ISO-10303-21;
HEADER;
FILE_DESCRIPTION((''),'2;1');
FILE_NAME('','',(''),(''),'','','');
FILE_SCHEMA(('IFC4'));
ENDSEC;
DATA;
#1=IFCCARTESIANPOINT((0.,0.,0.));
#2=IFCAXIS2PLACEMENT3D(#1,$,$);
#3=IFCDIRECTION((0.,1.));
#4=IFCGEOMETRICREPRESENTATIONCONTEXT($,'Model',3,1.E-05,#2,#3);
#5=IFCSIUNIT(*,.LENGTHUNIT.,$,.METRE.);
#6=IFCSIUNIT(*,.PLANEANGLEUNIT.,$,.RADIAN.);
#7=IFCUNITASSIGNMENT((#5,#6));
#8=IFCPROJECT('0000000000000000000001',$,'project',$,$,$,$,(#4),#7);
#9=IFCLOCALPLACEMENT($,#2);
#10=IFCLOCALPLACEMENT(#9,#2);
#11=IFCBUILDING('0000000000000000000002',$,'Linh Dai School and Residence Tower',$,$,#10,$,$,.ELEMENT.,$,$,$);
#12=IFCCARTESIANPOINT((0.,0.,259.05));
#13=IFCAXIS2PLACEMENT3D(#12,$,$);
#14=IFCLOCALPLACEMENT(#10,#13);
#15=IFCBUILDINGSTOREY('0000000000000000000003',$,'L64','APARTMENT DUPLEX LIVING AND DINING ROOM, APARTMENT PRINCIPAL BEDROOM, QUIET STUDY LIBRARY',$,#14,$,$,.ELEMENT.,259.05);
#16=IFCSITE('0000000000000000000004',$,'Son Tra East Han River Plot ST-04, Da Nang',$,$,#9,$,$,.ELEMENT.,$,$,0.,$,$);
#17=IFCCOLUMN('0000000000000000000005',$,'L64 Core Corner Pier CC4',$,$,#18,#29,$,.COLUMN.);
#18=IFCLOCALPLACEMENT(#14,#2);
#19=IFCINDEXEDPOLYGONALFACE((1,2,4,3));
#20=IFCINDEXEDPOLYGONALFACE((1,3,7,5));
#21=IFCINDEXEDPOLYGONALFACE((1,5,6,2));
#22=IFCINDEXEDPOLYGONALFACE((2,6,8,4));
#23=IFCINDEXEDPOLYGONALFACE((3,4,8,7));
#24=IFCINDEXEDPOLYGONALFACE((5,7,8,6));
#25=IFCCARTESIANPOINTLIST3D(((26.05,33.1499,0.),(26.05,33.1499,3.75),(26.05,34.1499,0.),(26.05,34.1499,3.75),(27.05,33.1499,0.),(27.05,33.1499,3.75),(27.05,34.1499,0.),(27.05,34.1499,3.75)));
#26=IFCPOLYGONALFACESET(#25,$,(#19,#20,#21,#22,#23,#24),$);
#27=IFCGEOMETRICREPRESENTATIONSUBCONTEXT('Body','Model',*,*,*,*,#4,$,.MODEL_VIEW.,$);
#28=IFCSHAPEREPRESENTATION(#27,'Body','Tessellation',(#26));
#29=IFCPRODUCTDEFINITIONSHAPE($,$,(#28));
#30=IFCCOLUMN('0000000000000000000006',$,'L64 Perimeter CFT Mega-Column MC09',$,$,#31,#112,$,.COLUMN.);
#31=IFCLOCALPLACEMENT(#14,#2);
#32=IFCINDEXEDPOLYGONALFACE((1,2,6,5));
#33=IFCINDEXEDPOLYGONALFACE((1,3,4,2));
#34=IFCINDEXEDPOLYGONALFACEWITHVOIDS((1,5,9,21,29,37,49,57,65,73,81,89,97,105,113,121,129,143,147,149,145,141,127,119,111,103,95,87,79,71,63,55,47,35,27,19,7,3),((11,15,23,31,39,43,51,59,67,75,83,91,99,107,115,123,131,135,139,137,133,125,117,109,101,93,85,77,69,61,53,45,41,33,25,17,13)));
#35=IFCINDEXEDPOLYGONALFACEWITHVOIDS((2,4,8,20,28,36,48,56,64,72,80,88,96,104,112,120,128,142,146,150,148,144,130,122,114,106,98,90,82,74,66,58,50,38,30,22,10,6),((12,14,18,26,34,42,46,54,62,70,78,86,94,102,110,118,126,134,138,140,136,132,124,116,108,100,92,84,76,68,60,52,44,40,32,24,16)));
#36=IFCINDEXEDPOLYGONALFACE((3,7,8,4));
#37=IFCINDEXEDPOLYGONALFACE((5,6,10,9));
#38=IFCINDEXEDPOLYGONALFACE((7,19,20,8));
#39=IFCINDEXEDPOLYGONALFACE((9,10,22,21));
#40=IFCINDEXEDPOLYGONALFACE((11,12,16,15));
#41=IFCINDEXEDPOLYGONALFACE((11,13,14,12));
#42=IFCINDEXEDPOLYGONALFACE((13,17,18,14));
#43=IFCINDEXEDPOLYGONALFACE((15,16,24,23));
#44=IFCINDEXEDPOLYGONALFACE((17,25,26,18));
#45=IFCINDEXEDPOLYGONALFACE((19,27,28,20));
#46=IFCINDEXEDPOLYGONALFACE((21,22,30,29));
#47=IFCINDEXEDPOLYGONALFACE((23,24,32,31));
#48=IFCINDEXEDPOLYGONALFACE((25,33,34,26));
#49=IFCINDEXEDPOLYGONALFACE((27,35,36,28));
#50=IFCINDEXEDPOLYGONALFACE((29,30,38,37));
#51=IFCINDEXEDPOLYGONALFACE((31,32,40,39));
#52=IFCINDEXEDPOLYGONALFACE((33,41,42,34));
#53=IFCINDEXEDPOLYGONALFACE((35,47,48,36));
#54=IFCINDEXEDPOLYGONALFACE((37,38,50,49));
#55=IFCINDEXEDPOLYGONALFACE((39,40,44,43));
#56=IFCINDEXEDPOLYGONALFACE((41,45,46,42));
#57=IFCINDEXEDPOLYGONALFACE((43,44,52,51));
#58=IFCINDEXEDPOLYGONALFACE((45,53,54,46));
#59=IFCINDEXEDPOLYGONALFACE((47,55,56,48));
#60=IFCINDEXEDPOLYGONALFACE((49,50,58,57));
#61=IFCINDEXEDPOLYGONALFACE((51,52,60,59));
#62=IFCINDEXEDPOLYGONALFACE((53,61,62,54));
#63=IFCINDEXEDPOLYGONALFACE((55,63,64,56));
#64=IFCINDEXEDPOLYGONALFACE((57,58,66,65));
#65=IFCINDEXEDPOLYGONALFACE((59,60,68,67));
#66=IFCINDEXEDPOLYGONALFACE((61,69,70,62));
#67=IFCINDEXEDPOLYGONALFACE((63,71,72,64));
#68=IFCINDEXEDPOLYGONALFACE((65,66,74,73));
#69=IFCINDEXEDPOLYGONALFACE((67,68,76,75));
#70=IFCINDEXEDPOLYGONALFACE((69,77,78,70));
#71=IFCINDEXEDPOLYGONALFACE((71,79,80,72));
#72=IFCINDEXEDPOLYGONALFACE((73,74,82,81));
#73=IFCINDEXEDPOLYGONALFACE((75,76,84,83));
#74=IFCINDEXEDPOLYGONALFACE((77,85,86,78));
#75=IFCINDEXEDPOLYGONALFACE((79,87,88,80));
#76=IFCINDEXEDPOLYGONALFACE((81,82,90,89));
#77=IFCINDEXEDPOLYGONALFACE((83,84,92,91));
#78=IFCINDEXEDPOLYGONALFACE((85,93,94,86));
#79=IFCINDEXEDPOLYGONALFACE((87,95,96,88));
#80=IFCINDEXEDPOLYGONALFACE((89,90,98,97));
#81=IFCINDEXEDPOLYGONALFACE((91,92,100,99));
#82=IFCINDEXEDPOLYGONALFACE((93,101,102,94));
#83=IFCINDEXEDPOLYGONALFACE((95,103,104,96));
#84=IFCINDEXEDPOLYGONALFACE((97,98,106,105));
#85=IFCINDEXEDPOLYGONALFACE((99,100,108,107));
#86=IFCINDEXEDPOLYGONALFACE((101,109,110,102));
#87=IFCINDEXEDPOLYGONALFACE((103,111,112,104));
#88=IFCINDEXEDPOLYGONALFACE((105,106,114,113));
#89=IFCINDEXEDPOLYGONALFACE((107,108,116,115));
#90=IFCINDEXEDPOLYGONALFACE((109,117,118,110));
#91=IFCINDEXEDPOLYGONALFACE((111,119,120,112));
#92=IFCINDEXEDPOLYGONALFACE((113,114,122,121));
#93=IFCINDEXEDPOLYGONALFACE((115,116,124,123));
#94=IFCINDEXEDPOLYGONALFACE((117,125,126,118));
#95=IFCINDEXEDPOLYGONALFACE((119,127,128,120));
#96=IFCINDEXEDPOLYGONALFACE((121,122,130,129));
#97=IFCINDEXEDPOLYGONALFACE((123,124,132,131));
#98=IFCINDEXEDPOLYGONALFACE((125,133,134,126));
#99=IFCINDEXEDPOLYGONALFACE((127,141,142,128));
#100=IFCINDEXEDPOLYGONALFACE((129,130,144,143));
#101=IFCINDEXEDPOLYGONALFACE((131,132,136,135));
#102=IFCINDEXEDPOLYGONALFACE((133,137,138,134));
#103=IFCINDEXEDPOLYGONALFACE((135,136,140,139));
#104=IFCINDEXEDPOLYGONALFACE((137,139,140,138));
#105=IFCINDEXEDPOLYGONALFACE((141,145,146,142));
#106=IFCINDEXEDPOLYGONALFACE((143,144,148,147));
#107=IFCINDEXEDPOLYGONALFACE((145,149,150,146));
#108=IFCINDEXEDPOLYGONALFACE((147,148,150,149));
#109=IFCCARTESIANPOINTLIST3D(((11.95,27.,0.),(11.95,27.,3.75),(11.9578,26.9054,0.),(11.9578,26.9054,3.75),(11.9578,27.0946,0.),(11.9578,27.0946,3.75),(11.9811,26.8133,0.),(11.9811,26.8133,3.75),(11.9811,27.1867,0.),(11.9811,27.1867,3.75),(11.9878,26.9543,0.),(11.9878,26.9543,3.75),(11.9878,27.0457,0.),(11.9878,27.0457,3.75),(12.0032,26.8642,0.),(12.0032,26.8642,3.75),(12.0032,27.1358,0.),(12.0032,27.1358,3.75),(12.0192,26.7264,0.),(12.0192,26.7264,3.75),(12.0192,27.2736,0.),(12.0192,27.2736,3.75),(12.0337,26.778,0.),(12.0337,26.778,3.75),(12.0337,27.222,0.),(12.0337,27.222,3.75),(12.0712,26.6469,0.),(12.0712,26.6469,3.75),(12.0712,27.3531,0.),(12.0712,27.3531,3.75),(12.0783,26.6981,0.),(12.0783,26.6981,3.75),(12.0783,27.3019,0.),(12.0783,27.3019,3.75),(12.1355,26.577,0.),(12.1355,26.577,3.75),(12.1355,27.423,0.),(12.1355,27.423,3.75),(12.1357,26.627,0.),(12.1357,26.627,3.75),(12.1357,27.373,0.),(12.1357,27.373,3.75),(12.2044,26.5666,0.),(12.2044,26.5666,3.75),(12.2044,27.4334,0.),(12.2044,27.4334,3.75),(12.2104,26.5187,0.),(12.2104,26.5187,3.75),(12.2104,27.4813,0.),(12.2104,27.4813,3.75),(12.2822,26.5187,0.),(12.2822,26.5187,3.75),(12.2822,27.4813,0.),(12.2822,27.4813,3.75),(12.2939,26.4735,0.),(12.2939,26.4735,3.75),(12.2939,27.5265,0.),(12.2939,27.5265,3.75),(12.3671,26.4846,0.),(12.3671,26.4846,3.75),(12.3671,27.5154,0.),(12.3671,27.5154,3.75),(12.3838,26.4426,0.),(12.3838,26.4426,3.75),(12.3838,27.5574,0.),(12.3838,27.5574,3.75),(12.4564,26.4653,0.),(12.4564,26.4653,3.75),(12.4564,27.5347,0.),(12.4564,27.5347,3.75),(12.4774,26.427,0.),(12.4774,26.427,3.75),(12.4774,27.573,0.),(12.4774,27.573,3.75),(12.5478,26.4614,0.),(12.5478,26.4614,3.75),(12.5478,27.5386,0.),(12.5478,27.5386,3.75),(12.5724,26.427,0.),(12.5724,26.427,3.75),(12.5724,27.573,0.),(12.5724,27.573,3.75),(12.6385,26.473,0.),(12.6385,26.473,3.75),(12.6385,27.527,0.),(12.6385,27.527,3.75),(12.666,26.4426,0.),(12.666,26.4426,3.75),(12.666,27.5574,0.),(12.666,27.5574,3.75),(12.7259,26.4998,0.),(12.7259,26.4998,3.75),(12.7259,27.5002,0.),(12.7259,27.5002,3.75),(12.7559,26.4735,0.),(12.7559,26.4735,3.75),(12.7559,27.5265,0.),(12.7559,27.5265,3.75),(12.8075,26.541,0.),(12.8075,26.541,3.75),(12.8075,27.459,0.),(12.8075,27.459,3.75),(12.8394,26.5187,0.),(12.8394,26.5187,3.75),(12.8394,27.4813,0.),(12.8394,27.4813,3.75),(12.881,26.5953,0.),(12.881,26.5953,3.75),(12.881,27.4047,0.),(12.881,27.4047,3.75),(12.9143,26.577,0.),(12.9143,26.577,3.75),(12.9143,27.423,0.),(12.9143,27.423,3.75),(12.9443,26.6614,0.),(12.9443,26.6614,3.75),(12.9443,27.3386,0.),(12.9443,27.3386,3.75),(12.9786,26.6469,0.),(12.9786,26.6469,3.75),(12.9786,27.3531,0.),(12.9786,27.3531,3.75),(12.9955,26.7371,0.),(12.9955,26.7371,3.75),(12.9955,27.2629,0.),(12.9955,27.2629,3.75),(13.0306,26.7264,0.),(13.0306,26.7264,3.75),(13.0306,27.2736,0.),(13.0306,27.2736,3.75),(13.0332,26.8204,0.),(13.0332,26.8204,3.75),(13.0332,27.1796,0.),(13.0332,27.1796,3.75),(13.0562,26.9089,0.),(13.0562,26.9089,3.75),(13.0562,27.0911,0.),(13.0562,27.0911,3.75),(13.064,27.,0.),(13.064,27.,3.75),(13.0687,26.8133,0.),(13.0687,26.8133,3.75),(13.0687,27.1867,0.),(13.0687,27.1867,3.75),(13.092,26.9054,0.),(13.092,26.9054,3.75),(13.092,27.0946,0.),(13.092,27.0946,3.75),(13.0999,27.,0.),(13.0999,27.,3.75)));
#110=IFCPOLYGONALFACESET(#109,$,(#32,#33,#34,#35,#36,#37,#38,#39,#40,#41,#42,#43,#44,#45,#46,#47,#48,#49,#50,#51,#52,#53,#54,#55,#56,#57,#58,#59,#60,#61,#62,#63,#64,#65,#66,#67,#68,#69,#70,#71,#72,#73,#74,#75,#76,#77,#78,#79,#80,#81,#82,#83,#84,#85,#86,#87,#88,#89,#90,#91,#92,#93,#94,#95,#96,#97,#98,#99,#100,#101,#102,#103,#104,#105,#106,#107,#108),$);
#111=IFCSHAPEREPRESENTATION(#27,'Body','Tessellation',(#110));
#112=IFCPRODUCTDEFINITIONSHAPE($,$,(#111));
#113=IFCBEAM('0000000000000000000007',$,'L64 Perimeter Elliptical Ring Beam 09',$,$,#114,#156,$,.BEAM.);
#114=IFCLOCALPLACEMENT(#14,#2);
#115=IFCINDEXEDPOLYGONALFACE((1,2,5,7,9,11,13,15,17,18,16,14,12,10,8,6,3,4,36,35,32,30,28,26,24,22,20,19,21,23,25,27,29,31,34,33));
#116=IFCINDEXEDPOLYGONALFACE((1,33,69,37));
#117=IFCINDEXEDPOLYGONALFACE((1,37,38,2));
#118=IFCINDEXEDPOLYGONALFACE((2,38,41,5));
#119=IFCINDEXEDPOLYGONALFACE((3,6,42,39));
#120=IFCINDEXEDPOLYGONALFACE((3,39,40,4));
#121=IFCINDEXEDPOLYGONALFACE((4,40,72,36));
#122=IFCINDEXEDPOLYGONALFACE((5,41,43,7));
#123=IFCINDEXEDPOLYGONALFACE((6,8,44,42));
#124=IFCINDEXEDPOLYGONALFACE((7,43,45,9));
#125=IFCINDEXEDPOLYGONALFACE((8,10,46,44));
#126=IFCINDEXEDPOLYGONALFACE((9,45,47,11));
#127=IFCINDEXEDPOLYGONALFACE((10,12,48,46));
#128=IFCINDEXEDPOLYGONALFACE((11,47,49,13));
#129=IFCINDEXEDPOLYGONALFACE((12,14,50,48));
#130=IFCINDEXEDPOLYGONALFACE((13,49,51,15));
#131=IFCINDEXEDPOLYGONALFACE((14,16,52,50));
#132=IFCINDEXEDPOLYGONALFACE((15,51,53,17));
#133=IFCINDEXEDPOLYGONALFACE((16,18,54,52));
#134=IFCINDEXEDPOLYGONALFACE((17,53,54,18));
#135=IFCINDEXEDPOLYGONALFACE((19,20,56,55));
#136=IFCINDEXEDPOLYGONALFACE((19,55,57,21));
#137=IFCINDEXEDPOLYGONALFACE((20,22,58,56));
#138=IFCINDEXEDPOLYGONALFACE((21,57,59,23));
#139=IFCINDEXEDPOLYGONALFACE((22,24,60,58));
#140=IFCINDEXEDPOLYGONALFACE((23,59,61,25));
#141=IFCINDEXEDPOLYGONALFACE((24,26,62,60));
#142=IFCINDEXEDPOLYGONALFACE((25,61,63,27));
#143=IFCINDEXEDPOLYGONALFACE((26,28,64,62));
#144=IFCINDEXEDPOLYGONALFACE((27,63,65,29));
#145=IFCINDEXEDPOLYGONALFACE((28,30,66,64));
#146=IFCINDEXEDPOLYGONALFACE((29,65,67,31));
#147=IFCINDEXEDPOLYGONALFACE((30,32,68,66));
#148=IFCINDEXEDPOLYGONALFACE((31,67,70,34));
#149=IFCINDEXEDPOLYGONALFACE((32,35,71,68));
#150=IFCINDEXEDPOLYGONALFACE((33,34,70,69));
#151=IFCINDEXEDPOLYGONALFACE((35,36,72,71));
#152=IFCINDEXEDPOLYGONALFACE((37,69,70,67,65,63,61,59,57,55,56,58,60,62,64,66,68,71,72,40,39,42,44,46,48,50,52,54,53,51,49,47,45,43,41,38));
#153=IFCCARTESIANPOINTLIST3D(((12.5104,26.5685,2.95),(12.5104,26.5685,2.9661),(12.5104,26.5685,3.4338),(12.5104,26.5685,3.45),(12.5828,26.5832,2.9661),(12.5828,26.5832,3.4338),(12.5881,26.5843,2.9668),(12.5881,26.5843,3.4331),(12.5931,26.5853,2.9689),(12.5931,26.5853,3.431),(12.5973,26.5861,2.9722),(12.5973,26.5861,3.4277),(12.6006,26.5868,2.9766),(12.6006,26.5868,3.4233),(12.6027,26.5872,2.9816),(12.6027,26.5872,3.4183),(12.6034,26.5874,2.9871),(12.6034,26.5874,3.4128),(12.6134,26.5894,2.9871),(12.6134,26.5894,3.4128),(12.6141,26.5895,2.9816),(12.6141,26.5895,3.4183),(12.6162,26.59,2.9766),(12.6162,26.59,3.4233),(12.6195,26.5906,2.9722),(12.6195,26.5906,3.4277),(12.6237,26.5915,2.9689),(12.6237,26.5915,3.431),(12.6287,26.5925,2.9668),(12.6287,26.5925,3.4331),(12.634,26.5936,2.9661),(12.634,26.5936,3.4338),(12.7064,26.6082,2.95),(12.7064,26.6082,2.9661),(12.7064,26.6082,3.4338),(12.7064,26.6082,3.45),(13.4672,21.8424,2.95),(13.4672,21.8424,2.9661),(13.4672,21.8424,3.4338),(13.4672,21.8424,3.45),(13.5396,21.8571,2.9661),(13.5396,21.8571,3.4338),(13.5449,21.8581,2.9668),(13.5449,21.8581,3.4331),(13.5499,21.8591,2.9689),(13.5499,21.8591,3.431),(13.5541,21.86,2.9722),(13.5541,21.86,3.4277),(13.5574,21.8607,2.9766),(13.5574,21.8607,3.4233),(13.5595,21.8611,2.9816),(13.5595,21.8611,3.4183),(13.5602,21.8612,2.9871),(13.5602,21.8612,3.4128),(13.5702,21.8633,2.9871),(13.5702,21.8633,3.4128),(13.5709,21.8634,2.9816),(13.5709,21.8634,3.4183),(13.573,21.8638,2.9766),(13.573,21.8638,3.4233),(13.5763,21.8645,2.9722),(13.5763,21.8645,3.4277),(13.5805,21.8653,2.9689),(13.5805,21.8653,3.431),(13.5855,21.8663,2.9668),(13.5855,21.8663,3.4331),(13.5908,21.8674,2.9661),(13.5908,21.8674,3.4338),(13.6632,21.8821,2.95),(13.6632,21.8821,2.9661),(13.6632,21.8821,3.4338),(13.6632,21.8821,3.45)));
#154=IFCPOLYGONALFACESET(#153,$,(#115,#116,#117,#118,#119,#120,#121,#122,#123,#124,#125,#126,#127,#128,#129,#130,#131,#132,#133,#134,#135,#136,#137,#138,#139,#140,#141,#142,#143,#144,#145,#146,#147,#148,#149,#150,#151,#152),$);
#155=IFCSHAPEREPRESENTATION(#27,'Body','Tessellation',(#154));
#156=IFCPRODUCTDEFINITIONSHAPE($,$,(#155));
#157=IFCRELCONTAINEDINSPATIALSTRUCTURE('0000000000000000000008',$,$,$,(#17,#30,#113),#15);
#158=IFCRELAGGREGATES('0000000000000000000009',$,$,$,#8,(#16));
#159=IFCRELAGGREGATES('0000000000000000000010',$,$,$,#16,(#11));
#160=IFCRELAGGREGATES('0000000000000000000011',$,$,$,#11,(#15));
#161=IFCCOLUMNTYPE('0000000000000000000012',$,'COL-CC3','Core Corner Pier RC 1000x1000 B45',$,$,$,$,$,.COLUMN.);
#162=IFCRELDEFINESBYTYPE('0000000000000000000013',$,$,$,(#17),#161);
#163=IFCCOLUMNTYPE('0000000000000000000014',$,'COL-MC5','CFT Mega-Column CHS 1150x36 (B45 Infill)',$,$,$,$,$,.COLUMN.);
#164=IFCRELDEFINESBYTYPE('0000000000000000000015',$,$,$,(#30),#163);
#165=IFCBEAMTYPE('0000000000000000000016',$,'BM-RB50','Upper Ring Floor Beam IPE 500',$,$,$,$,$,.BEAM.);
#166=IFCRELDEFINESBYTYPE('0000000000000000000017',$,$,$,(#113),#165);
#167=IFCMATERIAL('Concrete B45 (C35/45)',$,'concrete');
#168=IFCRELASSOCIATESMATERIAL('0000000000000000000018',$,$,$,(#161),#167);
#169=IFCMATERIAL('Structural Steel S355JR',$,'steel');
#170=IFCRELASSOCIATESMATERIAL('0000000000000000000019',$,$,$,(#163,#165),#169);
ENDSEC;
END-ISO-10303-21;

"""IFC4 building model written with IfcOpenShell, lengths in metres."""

from ifc_helpers import new_model, si_unit, direction, frame, origin, origin_2d, place, context, subcontext, project, spatial, rectangle, hollow_circle, i_section, extrude, material, material_profile, profile_set, type_object, element, save


model = new_model("IFC4")

# Units and contexts
model_context = context("Model", 3, precision=1e-05, world=origin(), true_north=direction((0.0, 1.0)))
body_context = subcontext(model_context, "Body", "Model", "MODEL_VIEW")
ifc_project = project(units=[si_unit("LENGTHUNIT", "METRE"), si_unit("PLANEANGLEUNIT", "RADIAN")], contexts=[model_context])

# Site, building, storey
site_placement = place(None, origin())
site = spatial("IfcSite", under=ifc_project, at=site_placement, Name="Son Tra East Han River Plot ST-04, Da Nang", CompositionType="ELEMENT", RefElevation=0.0)
building_placement = place(site_placement, origin())
building = spatial("IfcBuilding", under=site, at=building_placement, Name="Linh Dai School and Residence Tower", CompositionType="ELEMENT")
storey_placement = place(building_placement, frame((0.0, 0.0, 259.05)))
storey = spatial("IfcBuildingStorey", under=building, at=storey_placement, Name="L64", Description="APARTMENT DUPLEX LIVING AND DINING ROOM, APARTMENT PRINCIPAL BEDROOM, QUIET STUDY LIBRARY", CompositionType="ELEMENT", Elevation=259.05)

# Columns
ifc_material_1 = material(Name="Concrete B45 (C35/45)", Category="concrete")
ifc_material_profile_1 = material_profile(ifc_material_1, rectangle(XDim=1.0, YDim=1.0, at=origin_2d()), Name="RC 1000x1000")
ifc_profile_set_1 = profile_set([ifc_material_profile_1], Name="Concrete B45 (C35/45)")
column_type_1 = type_object("IfcColumnType", Name="COL-CC3", Description="Core Corner Pier RC 1000x1000 B45", PredefinedType="COLUMN", material=ifc_profile_set_1)
column_1_placement = place(storey_placement, frame((26.55, 33.6499, 0.0), z_axis=(0.0, 0.0, 1.0), x_axis=(1.0, 0.0, 0.0)))
element("IfcColumn", 1, at=column_1_placement, inside=storey, type_object=column_type_1, Name="L64 Core Corner Pier CC4", PredefinedType="COLUMN", context=body_context, shape_type="SweptSolid", body=[
    extrude(rectangle(XDim=1.0, YDim=1.0, at=origin_2d()), origin(), (0.0, 0.0, 1.0), 3.75),
])
ifc_material_2 = material(Name="Structural Steel S355JR", Category="steel")
ifc_material_profile_2 = material_profile(ifc_material_2, hollow_circle(Radius=0.575, WallThickness=0.0359, at=origin_2d()), Name="CHS 1150x36")
ifc_profile_set_2 = profile_set([ifc_material_profile_2], Name="Structural Steel S355JR")
column_type_2 = type_object("IfcColumnType", Name="COL-MC5", Description="CFT Mega-Column CHS 1150x36 (B45 Infill)", PredefinedType="COLUMN", material=ifc_profile_set_2)
column_2_placement = place(storey_placement, frame((12.5249, 27.0, 0.0), z_axis=(0.0, 0.0, 1.0), x_axis=(1.0, 0.0, 0.0)))
element("IfcColumn", 2, at=column_2_placement, inside=storey, type_object=column_type_2, Name="L64 Perimeter CFT Mega-Column MC09", PredefinedType="COLUMN", context=body_context, shape_type="SweptSolid", body=[
    extrude(hollow_circle(Radius=0.575, WallThickness=0.0359, at=origin_2d()), origin(), (0.0, 0.0, 1.0), 3.75),
])

# Beam
ifc_material_profile_3 = material_profile(ifc_material_2, i_section(OverallWidth=0.2, OverallDepth=0.5, WebThickness=0.0103, FlangeThickness=0.0161, FilletRadius=0.021, at=origin_2d()), Name="IPE 500")
ifc_profile_set_3 = profile_set([ifc_material_profile_3], Name="Structural Steel S355JR")
beam_type_1 = type_object("IfcBeamType", Name="BM-RB50", Description="Upper Ring Floor Beam IPE 500", PredefinedType="BEAM", material=ifc_profile_set_3)
beam_1_placement = place(storey_placement, frame((12.6084, 26.5884, 3.2), z_axis=(0.198423, -0.980116, 0.0), x_axis=(0.980116, 0.198423, 0.0)))
element("IfcBeam", 3, at=beam_1_placement, inside=storey, type_object=beam_type_1, Name="L64 Perimeter Elliptical Ring Beam 09", PredefinedType="BEAM", context=body_context, shape_type="SweptSolid", body=[
    extrude(i_section(OverallWidth=0.2, OverallDepth=0.5, WebThickness=0.0103, FlangeThickness=0.0161, FilletRadius=0.021, at=origin_2d()), origin(), (0.0, 0.0, 1.0), 4.822),
])

save(model, "model.ifc")
